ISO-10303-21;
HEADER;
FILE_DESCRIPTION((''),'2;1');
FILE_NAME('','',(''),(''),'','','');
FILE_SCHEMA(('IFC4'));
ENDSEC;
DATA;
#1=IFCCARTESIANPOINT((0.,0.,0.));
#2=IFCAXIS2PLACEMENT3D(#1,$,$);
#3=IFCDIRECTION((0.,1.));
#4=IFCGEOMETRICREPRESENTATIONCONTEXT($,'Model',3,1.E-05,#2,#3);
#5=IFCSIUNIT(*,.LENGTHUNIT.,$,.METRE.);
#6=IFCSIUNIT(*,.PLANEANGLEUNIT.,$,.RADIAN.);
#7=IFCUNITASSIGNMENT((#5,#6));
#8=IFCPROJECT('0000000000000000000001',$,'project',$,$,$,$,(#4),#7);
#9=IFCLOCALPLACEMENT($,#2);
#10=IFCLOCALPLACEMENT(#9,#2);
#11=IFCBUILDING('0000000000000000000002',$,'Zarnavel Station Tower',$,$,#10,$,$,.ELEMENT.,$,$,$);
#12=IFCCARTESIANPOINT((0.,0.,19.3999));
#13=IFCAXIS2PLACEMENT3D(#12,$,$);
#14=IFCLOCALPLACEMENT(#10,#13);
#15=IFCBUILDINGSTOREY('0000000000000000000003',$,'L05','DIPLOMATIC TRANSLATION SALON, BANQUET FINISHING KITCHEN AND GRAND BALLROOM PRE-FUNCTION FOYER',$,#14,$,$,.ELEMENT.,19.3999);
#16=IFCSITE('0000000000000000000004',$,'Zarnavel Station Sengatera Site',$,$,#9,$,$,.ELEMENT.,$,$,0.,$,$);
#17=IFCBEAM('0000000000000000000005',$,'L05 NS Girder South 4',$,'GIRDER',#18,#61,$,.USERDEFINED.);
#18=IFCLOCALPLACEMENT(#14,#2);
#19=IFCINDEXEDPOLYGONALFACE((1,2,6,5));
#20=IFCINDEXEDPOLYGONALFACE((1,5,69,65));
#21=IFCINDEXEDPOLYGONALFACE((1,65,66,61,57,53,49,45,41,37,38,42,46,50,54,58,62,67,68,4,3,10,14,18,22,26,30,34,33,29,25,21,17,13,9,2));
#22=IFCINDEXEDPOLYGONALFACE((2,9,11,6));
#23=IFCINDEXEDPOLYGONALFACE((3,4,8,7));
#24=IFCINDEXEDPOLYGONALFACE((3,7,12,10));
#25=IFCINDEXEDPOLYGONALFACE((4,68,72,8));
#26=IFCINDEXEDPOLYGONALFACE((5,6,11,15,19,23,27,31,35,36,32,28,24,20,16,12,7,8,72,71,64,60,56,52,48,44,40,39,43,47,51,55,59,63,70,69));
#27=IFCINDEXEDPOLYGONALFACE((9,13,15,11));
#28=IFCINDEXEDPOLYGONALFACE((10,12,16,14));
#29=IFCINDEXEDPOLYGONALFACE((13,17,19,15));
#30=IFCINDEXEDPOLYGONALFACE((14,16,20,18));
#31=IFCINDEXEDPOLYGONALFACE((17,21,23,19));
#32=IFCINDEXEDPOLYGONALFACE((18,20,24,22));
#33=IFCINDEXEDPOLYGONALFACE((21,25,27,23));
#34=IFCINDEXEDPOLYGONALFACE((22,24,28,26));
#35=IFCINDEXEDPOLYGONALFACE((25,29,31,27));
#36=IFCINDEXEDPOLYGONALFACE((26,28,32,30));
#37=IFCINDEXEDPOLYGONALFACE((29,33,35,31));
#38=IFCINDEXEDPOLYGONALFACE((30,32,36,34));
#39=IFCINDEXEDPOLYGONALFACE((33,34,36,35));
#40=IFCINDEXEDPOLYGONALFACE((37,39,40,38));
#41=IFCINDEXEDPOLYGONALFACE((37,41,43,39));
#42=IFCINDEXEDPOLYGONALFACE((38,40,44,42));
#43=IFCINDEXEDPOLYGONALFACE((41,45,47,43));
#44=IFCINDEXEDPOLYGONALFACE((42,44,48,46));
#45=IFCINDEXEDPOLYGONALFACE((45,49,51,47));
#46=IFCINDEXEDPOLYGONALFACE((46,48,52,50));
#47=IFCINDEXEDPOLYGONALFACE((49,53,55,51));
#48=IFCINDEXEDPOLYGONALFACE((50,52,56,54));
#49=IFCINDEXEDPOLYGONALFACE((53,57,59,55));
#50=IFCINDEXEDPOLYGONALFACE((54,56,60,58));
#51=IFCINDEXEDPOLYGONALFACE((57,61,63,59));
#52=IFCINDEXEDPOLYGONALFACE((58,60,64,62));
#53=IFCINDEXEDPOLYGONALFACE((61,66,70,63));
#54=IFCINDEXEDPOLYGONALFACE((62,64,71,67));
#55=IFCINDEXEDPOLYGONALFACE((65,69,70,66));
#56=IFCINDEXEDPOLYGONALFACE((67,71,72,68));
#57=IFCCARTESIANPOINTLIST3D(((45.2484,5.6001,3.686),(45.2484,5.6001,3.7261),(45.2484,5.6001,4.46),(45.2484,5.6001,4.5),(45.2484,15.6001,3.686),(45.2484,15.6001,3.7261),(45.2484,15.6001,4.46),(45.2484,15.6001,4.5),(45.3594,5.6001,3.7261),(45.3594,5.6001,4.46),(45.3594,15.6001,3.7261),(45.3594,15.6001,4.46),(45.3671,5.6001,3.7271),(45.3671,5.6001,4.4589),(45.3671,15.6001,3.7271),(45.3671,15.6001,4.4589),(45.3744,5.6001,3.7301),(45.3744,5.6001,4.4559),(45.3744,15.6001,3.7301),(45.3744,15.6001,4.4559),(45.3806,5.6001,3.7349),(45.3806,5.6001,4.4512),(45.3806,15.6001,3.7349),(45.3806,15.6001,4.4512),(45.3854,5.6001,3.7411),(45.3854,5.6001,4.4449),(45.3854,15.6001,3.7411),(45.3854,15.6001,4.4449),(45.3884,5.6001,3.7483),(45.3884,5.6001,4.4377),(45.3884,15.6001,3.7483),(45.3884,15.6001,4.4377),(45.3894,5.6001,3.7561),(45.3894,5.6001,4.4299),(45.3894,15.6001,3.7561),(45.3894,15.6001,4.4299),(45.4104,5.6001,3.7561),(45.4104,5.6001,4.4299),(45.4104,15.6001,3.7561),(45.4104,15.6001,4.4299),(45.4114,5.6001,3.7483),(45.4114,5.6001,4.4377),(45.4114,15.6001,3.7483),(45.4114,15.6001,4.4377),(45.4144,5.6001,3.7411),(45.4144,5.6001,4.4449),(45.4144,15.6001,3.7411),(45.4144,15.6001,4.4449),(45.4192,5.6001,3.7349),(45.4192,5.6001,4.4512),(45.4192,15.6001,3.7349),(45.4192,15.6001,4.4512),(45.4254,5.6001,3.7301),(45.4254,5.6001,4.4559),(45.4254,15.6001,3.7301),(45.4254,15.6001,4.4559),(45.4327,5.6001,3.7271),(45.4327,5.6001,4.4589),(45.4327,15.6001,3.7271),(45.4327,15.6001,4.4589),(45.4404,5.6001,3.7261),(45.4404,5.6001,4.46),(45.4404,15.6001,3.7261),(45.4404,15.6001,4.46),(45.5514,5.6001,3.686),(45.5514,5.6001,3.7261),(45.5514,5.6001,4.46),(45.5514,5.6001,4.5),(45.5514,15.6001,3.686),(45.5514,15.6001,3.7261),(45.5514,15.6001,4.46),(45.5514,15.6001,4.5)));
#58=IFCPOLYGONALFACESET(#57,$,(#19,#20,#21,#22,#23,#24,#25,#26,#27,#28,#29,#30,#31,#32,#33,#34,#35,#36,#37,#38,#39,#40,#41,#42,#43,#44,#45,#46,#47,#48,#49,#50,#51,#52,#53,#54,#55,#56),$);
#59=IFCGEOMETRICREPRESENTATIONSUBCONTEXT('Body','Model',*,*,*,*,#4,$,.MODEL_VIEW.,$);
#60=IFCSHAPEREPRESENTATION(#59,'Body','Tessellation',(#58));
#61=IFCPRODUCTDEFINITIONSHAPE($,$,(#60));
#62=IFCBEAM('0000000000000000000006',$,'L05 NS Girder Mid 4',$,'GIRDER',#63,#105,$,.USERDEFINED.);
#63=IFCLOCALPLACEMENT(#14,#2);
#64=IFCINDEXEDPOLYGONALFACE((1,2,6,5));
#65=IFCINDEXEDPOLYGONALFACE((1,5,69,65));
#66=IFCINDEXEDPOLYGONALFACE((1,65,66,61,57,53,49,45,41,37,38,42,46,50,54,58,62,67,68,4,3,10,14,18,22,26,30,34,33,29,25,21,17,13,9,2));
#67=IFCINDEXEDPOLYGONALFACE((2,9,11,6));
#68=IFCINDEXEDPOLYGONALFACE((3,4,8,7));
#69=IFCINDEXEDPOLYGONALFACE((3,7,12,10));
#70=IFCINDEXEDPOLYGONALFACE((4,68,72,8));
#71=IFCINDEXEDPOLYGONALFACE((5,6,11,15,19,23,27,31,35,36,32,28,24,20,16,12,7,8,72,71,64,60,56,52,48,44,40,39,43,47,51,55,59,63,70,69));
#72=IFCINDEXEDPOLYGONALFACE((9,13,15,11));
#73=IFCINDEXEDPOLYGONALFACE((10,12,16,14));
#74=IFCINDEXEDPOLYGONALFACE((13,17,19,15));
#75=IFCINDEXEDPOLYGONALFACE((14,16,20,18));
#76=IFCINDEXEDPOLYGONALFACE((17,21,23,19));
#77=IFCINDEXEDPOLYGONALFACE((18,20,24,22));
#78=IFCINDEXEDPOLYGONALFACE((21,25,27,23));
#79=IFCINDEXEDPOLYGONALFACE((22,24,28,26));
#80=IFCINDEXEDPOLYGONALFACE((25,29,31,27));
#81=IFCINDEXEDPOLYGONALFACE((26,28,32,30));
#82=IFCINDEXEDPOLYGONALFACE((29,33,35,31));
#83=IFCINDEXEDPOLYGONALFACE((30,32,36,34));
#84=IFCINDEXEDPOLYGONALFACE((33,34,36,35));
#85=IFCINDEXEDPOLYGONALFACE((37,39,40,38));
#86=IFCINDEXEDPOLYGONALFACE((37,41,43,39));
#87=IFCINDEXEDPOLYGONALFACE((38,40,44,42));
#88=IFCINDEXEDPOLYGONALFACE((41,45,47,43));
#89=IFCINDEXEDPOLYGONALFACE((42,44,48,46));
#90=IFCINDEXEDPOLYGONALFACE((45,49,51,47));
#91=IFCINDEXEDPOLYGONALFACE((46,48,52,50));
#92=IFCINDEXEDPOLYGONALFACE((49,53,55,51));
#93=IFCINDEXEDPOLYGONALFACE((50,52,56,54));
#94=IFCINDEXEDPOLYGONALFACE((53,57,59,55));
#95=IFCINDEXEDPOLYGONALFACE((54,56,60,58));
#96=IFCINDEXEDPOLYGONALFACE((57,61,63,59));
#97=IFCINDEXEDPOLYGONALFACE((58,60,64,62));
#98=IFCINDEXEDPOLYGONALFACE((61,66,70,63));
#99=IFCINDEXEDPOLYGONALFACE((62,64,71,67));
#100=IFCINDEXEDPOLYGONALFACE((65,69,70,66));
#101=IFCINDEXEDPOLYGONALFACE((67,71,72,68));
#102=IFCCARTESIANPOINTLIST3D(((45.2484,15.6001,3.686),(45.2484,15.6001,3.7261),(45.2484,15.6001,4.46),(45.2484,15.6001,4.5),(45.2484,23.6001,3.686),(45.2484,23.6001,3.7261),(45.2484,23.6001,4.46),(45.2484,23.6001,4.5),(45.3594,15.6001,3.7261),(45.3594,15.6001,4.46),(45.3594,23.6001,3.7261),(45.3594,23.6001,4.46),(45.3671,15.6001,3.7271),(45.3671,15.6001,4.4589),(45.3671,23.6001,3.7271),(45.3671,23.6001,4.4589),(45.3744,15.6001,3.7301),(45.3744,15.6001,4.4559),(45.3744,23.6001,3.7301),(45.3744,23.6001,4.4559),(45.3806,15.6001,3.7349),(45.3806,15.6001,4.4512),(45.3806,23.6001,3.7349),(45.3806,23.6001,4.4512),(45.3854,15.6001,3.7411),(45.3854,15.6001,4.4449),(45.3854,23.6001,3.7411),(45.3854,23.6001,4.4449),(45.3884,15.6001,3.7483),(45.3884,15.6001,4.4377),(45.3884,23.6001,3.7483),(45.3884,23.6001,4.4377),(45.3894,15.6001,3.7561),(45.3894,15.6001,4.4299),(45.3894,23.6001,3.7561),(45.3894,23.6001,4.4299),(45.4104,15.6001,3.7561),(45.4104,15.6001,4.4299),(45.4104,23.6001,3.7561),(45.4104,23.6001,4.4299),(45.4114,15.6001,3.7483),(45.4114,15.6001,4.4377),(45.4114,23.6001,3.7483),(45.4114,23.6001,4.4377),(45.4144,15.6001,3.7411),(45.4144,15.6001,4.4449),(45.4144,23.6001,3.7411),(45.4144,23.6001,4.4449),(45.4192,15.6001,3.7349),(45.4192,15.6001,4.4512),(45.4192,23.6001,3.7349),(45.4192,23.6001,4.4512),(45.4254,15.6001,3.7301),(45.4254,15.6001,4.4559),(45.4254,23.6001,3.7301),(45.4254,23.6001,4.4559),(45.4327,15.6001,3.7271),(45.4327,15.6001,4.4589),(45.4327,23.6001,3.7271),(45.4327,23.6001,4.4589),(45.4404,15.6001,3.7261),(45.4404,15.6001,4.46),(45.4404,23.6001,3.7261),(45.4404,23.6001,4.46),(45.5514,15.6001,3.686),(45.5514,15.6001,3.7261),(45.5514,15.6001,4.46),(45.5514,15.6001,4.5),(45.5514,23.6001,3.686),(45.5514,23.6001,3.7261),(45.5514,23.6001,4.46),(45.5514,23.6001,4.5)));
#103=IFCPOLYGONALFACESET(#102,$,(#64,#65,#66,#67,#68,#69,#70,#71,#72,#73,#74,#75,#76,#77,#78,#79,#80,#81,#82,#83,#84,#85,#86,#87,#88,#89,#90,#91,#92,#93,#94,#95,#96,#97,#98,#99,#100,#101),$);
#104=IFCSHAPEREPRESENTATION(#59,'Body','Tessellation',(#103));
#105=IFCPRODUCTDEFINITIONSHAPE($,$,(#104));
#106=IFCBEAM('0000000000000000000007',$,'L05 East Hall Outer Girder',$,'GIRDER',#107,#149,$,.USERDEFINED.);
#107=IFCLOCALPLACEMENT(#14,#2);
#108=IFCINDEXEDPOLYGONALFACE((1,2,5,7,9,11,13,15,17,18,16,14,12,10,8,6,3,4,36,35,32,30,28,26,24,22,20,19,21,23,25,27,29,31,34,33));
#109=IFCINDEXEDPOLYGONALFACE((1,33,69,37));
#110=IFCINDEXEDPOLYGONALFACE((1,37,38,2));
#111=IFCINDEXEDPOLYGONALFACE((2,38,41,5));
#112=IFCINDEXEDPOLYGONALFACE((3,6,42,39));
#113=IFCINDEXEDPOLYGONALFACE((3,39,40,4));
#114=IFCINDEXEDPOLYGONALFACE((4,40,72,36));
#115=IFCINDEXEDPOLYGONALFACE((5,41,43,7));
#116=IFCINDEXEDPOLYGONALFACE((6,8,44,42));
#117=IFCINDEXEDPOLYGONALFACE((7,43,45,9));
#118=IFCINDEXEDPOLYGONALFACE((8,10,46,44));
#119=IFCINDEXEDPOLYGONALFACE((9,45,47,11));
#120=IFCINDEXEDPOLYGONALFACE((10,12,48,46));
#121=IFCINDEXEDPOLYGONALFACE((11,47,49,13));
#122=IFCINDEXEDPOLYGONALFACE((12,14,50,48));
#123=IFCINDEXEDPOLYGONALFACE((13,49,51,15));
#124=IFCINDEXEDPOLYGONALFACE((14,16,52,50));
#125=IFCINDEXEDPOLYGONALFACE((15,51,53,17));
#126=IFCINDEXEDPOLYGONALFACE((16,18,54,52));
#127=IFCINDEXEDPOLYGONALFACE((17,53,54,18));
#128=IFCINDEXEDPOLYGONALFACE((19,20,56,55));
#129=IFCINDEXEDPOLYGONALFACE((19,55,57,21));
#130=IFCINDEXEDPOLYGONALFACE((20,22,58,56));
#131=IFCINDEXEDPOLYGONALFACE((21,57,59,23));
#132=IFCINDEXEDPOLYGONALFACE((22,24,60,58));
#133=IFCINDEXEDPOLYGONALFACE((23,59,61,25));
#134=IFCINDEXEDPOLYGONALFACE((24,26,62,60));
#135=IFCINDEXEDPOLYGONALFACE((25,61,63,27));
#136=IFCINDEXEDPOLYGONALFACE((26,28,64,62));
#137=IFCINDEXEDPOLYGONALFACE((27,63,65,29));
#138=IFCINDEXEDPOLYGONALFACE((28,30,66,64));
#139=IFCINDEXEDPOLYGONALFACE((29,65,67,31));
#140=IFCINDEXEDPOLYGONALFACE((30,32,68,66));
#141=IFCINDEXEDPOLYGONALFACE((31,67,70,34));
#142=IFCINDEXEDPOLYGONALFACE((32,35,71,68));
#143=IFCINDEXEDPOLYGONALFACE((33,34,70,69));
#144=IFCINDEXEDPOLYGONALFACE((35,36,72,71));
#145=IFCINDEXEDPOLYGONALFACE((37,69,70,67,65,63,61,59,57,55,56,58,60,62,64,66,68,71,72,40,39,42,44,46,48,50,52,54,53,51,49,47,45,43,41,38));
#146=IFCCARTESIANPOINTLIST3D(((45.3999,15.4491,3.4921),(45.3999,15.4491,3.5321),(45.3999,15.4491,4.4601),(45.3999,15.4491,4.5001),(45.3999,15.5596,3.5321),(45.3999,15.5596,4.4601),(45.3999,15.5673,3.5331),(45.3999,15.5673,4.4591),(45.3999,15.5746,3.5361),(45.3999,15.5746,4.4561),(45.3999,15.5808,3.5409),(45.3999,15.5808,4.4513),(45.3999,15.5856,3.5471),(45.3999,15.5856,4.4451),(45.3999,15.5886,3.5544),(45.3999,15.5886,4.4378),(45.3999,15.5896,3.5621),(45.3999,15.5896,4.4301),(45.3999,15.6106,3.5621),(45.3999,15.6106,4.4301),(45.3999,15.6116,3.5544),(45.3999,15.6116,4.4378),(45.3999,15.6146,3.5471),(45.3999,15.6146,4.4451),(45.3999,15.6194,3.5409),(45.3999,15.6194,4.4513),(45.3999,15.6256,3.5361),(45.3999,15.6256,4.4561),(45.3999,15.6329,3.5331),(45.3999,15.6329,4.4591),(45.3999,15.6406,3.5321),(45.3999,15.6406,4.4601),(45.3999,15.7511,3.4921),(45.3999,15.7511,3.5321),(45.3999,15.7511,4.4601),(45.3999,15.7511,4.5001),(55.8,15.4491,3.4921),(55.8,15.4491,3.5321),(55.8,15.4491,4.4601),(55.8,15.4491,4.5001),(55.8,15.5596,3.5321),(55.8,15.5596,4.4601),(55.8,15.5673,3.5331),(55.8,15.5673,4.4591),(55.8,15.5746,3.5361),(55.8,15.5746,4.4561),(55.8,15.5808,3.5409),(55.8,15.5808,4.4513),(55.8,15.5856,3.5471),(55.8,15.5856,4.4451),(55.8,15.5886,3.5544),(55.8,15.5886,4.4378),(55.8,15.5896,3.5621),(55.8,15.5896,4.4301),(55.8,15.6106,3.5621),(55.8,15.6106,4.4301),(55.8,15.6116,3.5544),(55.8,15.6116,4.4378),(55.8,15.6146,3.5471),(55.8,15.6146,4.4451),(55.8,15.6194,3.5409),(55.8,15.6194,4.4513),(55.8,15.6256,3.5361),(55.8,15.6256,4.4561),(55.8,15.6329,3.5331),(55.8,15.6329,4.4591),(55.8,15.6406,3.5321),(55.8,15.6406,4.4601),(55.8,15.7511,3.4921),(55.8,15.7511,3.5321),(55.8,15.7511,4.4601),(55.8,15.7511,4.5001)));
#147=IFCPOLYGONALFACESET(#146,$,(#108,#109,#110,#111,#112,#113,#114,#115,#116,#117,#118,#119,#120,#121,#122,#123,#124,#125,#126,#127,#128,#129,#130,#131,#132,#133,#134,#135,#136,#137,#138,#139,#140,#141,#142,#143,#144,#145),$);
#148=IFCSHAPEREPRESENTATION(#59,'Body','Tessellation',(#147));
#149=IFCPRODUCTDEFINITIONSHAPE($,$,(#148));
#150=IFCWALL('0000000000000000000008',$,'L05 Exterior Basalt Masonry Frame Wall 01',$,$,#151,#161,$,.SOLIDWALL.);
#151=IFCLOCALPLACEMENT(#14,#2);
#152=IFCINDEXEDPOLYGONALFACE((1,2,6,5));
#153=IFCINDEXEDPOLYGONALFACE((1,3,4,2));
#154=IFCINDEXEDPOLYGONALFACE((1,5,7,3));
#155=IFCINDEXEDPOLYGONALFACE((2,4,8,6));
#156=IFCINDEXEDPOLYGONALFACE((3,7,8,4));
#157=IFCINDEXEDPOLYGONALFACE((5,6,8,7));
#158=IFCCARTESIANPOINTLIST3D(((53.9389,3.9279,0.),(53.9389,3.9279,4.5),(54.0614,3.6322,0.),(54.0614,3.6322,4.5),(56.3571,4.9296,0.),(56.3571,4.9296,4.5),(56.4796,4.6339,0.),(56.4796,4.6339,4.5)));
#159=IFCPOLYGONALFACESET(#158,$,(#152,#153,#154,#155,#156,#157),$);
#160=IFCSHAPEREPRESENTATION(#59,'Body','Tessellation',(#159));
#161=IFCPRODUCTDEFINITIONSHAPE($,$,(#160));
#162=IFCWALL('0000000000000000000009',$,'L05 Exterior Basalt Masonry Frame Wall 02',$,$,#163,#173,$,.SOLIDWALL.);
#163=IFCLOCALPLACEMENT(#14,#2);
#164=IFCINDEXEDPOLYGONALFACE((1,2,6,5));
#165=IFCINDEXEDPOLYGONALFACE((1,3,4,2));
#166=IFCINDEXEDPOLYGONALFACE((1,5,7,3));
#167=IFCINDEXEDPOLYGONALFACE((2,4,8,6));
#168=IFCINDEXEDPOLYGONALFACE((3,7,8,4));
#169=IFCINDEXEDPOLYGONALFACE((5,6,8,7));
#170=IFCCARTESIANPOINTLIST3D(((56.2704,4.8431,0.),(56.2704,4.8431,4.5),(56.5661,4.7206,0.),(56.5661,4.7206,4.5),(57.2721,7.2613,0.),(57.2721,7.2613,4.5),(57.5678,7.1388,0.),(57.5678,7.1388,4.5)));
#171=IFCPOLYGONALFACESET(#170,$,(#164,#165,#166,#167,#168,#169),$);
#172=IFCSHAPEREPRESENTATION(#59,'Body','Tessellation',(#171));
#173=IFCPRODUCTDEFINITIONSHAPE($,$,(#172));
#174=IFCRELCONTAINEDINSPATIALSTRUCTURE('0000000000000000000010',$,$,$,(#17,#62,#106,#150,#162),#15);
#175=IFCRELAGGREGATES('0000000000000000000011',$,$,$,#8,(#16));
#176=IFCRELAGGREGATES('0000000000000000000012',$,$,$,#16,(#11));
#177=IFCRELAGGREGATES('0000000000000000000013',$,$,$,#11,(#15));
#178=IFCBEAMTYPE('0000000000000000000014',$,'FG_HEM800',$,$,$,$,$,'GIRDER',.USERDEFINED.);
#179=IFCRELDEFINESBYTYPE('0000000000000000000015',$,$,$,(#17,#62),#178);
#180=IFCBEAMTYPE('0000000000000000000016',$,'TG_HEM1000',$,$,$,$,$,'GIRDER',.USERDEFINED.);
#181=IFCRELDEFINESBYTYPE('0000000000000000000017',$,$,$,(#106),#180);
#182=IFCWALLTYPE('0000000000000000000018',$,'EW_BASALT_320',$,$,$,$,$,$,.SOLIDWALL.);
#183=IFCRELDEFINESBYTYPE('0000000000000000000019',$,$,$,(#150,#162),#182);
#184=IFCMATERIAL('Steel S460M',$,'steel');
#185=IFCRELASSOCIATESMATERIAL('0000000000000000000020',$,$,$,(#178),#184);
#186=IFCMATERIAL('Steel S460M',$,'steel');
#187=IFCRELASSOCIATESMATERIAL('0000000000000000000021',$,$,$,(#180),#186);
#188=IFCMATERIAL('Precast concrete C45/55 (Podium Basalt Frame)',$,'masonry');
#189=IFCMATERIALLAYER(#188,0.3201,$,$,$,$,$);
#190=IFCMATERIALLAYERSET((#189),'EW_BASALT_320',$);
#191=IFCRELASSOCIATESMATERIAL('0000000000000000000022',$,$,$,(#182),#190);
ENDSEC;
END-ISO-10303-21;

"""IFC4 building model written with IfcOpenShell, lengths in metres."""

from ifc_helpers import new_model, si_unit, direction, frame, frame_2d, origin, origin_2d, place, context, subcontext, project, spatial, rectangle, i_section, extrude, material, layer, layer_set, material_profile, profile_set, type_object, element, save


model = new_model("IFC4")

# Units and contexts
model_context = context("Model", 3, precision=1e-05, world=origin(), true_north=direction((0.0, 1.0)))
body_context = subcontext(model_context, "Body", "Model", "MODEL_VIEW")
ifc_project = project(units=[si_unit("LENGTHUNIT", "METRE"), si_unit("PLANEANGLEUNIT", "RADIAN")], contexts=[model_context])

# Site, building, storey
site_placement = place(None, origin())
site = spatial("IfcSite", under=ifc_project, at=site_placement, Name="Zarnavel Station Sengatera Site", CompositionType="ELEMENT", RefElevation=0.0)
building_placement = place(site_placement, origin())
building = spatial("IfcBuilding", under=site, at=building_placement, Name="Zarnavel Station Tower", CompositionType="ELEMENT")
storey_placement = place(building_placement, frame((0.0, 0.0, 19.3999)))
storey = spatial("IfcBuildingStorey", under=building, at=storey_placement, Name="L05", Description="DIPLOMATIC TRANSLATION SALON, BANQUET FINISHING KITCHEN AND GRAND BALLROOM PRE-FUNCTION FOYER", CompositionType="ELEMENT", Elevation=19.3999)

# Beams
ifc_material_1 = material(Name="Steel S460M", Category="steel")
ifc_material_profile_1 = material_profile(ifc_material_1, i_section(OverallWidth=0.303, OverallDepth=0.814, WebThickness=0.021, FlangeThickness=0.04, FilletRadius=0.03, at=origin_2d()), Name="HEM800")
ifc_profile_set_1 = profile_set([ifc_material_profile_1], Name="Steel S460M")
beam_type_1 = type_object("IfcBeamType", Name="FG_HEM800", ElementType="GIRDER", PredefinedType="USERDEFINED", material=ifc_profile_set_1)
beam_1_placement = place(storey_placement, frame((45.3999, 5.6001, 4.093), z_axis=(0.0, 1.0, 0.0), x_axis=(-1.0, 0.0, 0.0)))
element("IfcBeam", 1, at=beam_1_placement, inside=storey, type_object=beam_type_1, Name="L05 NS Girder South 4", ObjectType="GIRDER", PredefinedType="USERDEFINED", context=body_context, shape_type="SweptSolid", body=[
    extrude(i_section(OverallWidth=0.303, OverallDepth=0.814, WebThickness=0.021, FlangeThickness=0.04, FilletRadius=0.03, at=origin_2d()), origin(), (0.0, 0.0, 1.0), 10.0),
])
beam_2_placement = place(storey_placement, frame((45.3999, 15.6001, 4.093), z_axis=(0.0, 1.0, 0.0), x_axis=(-1.0, 0.0, 0.0)))
element("IfcBeam", 2, at=beam_2_placement, inside=storey, type_object=beam_type_1, Name="L05 NS Girder Mid 4", ObjectType="GIRDER", PredefinedType="USERDEFINED", context=body_context, shape_type="SweptSolid", body=[
    extrude(i_section(OverallWidth=0.303, OverallDepth=0.814, WebThickness=0.021, FlangeThickness=0.04, FilletRadius=0.03, at=origin_2d()), origin(), (0.0, 0.0, 1.0), 8.0),
])
ifc_material_2 = material(Name="Steel S460M", Category="steel")
ifc_material_profile_2 = material_profile(ifc_material_2, i_section(OverallWidth=0.302, OverallDepth=1.0081, WebThickness=0.021, FlangeThickness=0.04, FilletRadius=0.03, at=origin_2d()), Name="HEM1000")
ifc_profile_set_2 = profile_set([ifc_material_profile_2], Name="Steel S460M")
beam_type_2 = type_object("IfcBeamType", Name="TG_HEM1000", ElementType="GIRDER", PredefinedType="USERDEFINED", material=ifc_profile_set_2)
beam_3_placement = place(storey_placement, frame((45.3999, 15.6001, 3.9961), z_axis=(1.0, 0.0, 0.0), x_axis=(0.0, 1.0, 0.0)))
element("IfcBeam", 3, at=beam_3_placement, inside=storey, type_object=beam_type_2, Name="L05 East Hall Outer Girder", ObjectType="GIRDER", PredefinedType="USERDEFINED", context=body_context, shape_type="SweptSolid", body=[
    extrude(i_section(OverallWidth=0.302, OverallDepth=1.0081, WebThickness=0.021, FlangeThickness=0.04, FilletRadius=0.03, at=origin_2d()), origin(), (0.0, 0.0, 1.0), 10.4001),
])

# Walls
ifc_material_3 = material(Name="Precast concrete C45/55 (Podium Basalt Frame)", Category="masonry")
ifc_layer_1 = layer(ifc_material_3, 0.3201)
ifc_layer_set_1 = layer_set([ifc_layer_1], Name="EW_BASALT_320")
wall_type_1 = type_object("IfcWallType", Name="EW_BASALT_320", PredefinedType="SOLIDWALL", material=ifc_layer_set_1)
for number, where, z_axis, x_axis, name in (
    (4, (56.4182, 4.7817, 0.0), (0.0, 0.0, 1.0), (-0.923872, -0.382701, 0.0), "L05 Exterior Basalt Masonry Frame Wall 01"),
    (5, (57.4199, 7.2, 0.0), (0.0, 0.0, 1.0), (-0.382701, -0.923872, 0.0), "L05 Exterior Basalt Masonry Frame Wall 02"),
):
    element("IfcWall", number, at=place(storey_placement, frame(where, z_axis=z_axis, x_axis=x_axis)), inside=storey, type_object=wall_type_1, Name=name, PredefinedType="SOLIDWALL", context=body_context, shape_type="SweptSolid", body=[
        extrude(rectangle(XDim=2.6174, YDim=0.3201, at=frame_2d((1.3086, 0.0))), origin(), (0.0, 0.0, 1.0), 4.5),
    ])

save(model, "model.ifc")
